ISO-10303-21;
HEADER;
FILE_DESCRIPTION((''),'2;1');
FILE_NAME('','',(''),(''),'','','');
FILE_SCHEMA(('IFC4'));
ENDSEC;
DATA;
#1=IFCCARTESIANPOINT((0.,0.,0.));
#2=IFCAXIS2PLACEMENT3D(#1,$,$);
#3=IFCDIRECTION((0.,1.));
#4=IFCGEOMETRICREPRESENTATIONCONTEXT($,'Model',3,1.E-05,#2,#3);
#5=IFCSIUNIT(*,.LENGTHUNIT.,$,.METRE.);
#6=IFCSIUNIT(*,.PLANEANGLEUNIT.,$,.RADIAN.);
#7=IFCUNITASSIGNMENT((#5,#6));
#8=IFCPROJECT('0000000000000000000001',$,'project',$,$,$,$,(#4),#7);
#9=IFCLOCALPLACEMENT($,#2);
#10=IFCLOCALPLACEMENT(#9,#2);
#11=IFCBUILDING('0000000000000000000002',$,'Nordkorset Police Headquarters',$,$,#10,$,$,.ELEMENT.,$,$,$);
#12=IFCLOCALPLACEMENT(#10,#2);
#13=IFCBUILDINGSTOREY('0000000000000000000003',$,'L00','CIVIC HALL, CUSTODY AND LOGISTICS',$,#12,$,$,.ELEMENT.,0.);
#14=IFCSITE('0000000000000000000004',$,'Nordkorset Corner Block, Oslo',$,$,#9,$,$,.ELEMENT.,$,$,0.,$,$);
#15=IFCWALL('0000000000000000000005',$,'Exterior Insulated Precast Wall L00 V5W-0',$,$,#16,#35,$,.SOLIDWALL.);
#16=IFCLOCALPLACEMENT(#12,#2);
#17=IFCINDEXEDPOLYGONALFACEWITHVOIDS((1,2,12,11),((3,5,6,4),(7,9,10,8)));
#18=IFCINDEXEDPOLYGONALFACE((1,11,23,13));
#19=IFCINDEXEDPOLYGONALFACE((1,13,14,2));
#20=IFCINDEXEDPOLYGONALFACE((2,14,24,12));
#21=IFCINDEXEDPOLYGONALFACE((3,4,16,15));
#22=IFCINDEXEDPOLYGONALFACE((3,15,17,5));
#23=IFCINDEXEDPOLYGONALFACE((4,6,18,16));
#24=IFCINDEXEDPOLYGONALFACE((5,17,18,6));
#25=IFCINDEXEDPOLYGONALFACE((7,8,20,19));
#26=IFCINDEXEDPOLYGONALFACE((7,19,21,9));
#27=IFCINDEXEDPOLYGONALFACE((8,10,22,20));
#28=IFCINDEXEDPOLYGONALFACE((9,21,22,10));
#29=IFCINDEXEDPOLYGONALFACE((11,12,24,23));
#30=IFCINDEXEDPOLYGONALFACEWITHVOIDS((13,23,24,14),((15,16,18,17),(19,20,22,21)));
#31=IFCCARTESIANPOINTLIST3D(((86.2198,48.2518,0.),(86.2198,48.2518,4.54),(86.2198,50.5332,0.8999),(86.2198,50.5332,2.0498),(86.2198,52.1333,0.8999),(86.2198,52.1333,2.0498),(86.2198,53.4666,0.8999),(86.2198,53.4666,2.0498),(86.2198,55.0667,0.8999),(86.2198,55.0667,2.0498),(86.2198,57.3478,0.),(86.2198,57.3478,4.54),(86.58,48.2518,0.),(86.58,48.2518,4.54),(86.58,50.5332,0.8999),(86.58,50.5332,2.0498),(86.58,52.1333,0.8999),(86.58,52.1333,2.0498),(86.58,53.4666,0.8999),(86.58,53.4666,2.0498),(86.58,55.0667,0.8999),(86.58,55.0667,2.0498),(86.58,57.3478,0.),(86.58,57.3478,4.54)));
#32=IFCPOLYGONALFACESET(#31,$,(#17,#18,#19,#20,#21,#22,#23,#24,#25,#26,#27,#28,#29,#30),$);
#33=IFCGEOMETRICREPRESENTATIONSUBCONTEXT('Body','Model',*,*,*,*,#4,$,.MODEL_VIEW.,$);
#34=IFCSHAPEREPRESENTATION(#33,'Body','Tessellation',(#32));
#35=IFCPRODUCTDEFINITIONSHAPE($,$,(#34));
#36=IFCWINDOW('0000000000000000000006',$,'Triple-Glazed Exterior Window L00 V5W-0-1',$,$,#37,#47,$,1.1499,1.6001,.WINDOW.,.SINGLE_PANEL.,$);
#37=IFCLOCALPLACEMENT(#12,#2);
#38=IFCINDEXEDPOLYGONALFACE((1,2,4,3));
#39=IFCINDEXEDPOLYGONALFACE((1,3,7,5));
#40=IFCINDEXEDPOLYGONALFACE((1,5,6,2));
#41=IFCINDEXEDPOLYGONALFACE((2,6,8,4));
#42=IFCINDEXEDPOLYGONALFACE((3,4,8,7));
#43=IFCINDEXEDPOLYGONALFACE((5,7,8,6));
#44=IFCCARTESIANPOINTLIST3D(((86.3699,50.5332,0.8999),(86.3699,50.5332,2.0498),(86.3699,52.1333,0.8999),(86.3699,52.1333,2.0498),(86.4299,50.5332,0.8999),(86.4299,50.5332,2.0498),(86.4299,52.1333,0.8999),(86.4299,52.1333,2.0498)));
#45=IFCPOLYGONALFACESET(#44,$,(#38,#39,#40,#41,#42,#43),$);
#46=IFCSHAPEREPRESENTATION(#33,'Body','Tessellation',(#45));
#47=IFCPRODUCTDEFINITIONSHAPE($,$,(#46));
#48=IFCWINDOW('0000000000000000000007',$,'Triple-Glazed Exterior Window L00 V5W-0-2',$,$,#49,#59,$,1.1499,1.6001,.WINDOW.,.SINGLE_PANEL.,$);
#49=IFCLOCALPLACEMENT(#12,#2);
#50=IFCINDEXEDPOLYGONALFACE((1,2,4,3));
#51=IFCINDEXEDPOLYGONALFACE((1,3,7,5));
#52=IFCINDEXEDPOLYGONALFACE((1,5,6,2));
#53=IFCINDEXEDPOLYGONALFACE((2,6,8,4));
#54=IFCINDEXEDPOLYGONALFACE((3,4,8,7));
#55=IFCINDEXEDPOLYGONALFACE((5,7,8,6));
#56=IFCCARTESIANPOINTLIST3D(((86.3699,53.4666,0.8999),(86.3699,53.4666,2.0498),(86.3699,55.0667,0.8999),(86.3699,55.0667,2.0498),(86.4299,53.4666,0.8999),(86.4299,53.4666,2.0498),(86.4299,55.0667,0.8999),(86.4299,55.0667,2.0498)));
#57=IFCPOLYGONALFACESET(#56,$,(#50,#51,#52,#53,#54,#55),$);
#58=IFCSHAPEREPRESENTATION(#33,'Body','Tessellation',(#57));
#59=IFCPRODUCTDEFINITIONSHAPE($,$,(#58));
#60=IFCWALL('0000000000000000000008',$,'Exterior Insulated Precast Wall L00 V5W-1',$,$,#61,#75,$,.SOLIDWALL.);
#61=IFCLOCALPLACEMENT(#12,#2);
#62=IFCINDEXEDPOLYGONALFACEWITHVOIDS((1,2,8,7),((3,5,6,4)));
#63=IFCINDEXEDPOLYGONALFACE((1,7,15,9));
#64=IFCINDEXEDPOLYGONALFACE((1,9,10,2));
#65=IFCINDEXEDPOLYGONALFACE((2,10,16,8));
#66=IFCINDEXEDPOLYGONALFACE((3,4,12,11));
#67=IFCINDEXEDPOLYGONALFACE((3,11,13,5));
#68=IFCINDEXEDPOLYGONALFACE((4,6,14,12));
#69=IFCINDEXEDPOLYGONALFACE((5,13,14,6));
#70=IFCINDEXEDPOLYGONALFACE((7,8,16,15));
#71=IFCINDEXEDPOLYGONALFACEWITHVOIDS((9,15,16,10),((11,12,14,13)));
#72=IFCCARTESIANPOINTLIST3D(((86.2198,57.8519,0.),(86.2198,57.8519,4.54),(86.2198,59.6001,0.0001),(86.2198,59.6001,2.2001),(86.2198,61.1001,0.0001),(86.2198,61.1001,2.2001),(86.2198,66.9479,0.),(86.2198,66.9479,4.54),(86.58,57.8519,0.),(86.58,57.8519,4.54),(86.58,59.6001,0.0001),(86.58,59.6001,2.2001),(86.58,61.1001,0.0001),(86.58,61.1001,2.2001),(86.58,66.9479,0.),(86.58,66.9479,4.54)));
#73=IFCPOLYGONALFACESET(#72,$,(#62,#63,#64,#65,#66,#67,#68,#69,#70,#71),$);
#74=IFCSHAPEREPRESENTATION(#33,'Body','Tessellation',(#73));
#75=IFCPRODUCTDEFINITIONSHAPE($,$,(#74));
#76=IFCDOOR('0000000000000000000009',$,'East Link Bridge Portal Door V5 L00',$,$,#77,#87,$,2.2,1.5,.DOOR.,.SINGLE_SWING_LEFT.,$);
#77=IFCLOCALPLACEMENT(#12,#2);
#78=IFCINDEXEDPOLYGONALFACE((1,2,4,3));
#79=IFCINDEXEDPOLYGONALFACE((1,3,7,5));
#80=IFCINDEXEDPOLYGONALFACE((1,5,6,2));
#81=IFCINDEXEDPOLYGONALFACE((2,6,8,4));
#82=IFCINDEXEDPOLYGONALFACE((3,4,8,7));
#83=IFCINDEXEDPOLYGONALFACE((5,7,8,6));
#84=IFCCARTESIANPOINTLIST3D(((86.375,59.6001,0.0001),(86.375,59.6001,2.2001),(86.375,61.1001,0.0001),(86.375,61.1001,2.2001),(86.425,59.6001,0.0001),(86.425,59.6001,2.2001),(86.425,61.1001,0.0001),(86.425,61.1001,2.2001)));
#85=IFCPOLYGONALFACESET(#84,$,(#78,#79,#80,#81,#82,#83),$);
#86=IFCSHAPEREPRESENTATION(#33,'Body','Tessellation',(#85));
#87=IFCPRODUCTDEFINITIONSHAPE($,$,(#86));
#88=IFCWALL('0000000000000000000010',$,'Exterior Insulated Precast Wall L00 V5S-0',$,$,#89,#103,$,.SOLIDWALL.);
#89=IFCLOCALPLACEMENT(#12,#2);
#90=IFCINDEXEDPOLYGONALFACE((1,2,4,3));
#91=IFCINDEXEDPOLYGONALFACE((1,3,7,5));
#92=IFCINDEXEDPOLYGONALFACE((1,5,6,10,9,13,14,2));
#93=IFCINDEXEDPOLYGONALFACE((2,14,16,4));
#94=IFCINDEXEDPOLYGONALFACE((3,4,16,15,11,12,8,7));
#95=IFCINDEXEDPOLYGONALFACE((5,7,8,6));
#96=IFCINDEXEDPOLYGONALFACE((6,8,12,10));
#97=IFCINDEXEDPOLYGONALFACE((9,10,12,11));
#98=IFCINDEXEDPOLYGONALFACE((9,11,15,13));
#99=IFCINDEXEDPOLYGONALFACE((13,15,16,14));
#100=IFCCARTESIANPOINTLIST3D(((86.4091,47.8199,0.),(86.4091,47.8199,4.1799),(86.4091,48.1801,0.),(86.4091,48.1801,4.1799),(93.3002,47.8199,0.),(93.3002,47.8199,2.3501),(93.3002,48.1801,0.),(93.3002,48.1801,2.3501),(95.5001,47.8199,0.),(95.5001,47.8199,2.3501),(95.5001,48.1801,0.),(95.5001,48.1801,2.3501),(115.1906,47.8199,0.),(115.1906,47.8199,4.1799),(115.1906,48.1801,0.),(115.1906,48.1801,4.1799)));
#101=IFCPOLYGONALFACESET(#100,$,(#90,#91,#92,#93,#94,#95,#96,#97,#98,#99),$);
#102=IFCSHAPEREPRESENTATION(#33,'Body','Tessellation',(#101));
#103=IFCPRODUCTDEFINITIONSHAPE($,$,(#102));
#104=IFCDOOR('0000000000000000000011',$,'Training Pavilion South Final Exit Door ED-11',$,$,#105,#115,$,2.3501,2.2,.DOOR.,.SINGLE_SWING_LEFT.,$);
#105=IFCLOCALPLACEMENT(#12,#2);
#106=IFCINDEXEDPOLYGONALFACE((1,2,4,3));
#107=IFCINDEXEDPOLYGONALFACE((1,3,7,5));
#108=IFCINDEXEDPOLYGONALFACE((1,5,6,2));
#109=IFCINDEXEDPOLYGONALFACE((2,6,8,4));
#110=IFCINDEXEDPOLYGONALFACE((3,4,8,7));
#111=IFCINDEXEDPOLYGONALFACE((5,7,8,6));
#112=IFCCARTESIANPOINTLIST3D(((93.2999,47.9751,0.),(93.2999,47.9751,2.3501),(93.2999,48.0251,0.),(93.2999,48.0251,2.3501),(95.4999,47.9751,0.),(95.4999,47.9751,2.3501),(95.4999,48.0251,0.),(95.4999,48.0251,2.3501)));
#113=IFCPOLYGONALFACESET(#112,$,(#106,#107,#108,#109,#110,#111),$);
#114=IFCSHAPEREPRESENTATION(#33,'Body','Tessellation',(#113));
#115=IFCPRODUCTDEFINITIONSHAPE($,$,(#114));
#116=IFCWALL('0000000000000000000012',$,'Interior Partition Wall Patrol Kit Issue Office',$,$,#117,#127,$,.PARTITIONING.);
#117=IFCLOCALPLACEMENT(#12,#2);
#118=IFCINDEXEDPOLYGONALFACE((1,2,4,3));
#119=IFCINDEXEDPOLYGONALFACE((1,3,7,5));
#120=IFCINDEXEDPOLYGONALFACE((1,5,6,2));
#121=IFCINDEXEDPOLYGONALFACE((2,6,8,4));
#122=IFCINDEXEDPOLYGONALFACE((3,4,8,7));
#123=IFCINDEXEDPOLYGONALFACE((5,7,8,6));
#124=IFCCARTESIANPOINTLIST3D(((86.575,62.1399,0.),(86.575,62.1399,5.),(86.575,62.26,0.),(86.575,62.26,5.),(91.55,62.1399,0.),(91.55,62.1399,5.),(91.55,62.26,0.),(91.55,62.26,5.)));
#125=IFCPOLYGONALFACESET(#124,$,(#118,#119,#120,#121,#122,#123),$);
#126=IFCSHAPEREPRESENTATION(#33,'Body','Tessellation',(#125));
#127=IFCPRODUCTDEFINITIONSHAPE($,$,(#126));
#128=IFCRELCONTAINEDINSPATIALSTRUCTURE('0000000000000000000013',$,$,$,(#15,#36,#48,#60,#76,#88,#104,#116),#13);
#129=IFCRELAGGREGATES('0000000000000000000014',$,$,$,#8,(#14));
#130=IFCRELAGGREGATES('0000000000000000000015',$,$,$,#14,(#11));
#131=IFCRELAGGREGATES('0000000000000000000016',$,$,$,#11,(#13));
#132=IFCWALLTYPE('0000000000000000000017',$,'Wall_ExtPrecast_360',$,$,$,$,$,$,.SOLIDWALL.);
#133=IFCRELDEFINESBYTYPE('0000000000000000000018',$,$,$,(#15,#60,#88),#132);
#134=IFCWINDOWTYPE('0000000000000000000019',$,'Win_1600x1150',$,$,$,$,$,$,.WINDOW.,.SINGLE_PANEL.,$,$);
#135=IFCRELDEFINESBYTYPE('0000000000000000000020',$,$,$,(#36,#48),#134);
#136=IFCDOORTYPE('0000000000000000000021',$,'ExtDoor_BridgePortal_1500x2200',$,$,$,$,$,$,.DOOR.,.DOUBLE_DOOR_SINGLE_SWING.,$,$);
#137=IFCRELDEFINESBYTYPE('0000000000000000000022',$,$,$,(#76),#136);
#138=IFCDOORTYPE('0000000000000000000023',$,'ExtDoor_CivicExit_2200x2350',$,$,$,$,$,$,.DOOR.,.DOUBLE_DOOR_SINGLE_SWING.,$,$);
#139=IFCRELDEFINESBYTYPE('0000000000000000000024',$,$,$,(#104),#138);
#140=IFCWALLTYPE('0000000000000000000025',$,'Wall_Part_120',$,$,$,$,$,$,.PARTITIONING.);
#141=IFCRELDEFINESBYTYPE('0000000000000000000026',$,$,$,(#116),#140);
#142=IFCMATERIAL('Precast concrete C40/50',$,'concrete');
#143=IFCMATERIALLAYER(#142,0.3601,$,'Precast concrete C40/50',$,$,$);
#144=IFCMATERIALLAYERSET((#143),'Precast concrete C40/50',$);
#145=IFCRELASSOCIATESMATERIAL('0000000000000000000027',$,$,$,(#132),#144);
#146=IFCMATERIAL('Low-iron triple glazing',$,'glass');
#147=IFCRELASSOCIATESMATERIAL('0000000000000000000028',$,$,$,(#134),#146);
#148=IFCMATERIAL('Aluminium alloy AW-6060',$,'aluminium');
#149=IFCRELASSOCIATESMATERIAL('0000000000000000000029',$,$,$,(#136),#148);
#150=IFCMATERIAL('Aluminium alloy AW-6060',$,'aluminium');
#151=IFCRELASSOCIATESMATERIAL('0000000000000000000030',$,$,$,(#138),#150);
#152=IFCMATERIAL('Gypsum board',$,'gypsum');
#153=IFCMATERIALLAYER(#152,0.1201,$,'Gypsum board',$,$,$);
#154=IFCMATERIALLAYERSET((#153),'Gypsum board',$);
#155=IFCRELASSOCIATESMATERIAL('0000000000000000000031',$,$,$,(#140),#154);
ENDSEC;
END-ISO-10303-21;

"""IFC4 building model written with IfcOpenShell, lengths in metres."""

from ifc_helpers import new_model, si_unit, direction, frame, frame_2d, origin, place, context, subcontext, project, spatial, rectangle, extrude, material, layer, layer_set, type_object, element, fill, save


model = new_model("IFC4")

# Units and contexts
model_context = context("Model", 3, precision=1e-05, world=origin(), true_north=direction((0.0, 1.0)))
body_context = subcontext(model_context, "Body", "Model", "MODEL_VIEW")
ifc_project = project(units=[si_unit("LENGTHUNIT", "METRE"), si_unit("PLANEANGLEUNIT", "RADIAN")], contexts=[model_context])

# Site, building, storey
site_placement = place(None, origin())
site = spatial("IfcSite", under=ifc_project, at=site_placement, Name="Nordkorset Corner Block, Oslo", CompositionType="ELEMENT", RefElevation=0.0)
building_placement = place(site_placement, origin())
building = spatial("IfcBuilding", under=site, at=building_placement, Name="Nordkorset Police Headquarters", CompositionType="ELEMENT")
storey_placement = place(building_placement, origin())
storey = spatial("IfcBuildingStorey", under=building, at=storey_placement, Name="L00", Description="CIVIC HALL, CUSTODY AND LOGISTICS", CompositionType="ELEMENT", Elevation=0.0)

# Wall, openings, windows
ifc_material_1 = material(Name="Precast concrete C40/50", Category="concrete")
ifc_layer_1 = layer(ifc_material_1, 0.3601, Name="Precast concrete C40/50")
ifc_layer_set_1 = layer_set([ifc_layer_1], Name="Precast concrete C40/50")
wall_type_1 = type_object("IfcWallType", Name="Wall_ExtPrecast_360", PredefinedType="SOLIDWALL", material=ifc_layer_set_1)
wall_1_placement = place(storey_placement, frame((86.3999, 48.252, 0.0), z_axis=(0.0, 0.0, 1.0), x_axis=(0.0, 1.0, 0.0)))
wall_1 = element("IfcWall", 1, at=wall_1_placement, inside=storey, type_object=wall_type_1, Name="Exterior Insulated Precast Wall L00 V5W-0", PredefinedType="SOLIDWALL", context=body_context, shape_type="SweptSolid", body=[
    extrude(rectangle(XDim=9.0959, YDim=0.3601, at=frame_2d((4.5479, 0.0))), origin(), (0.0, 0.0, 1.0), 4.54),
])
opening_1_placement = place(wall_1_placement, frame((2.2812, 0.0, 0.8999)))
opening_1 = element("IfcOpeningElement", 2, at=opening_1_placement, cuts=wall_1, PredefinedType="OPENING", context=body_context, shape_type="SweptSolid", body=[
    extrude(rectangle(XDim=1.6001, YDim=1.1499, at=frame_2d((0.8, 0.575))), frame((0.0, 0.1899, 0.0), z_axis=(0.0, -1.0, 0.0), x_axis=(1.0, 0.0, 0.0)), (0.0, 0.0, 1.0), 0.3801),
])
opening_2_placement = place(wall_1_placement, frame((5.2146, 0.0, 0.8999)))
opening_2 = element("IfcOpeningElement", 3, at=opening_2_placement, cuts=wall_1, PredefinedType="OPENING", context=body_context, shape_type="SweptSolid", body=[
    extrude(rectangle(XDim=1.6001, YDim=1.1499, at=frame_2d((0.8, 0.575))), frame((0.0, 0.1899, 0.0), z_axis=(0.0, -1.0, 0.0), x_axis=(1.0, 0.0, 0.0)), (0.0, 0.0, 1.0), 0.3801),
])
ifc_material_2 = material(Name="Low-iron triple glazing", Category="glass")
window_type = type_object("IfcWindowType", Name="Win_1600x1150", PartitioningType="SINGLE_PANEL", PredefinedType="WINDOW", material=ifc_material_2)
window_1_placement = place(opening_1_placement, origin())
window_1 = element("IfcWindow", 4, at=window_1_placement, inside=storey, type_object=window_type, Name="Triple-Glazed Exterior Window L00 V5W-0-1", OverallHeight=1.1499, OverallWidth=1.6001, PartitioningType="SINGLE_PANEL", PredefinedType="WINDOW", context=body_context, shape_type="SweptSolid", body=[
    extrude(rectangle(XDim=1.6001, YDim=1.1499, at=frame_2d((0.8, 0.575))), frame((0.0, 0.03, 0.0), z_axis=(0.0, -1.0, 0.0), x_axis=(1.0, 0.0, 0.0)), (0.0, 0.0, 1.0), 0.0601),
])
fill(opening_1, window_1)
window_2_placement = place(opening_2_placement, origin())
window_2 = element("IfcWindow", 5, at=window_2_placement, inside=storey, type_object=window_type, Name="Triple-Glazed Exterior Window L00 V5W-0-2", OverallHeight=1.1499, OverallWidth=1.6001, PartitioningType="SINGLE_PANEL", PredefinedType="WINDOW", context=body_context, shape_type="SweptSolid", body=[
    extrude(rectangle(XDim=1.6001, YDim=1.1499, at=frame_2d((0.8, 0.575))), frame((0.0, 0.03, 0.0), z_axis=(0.0, -1.0, 0.0), x_axis=(1.0, 0.0, 0.0)), (0.0, 0.0, 1.0), 0.0601),
])
fill(opening_2, window_2)

# Walls, openings, doors
wall_2_placement = place(storey_placement, frame((86.3999, 57.8521, 0.0), z_axis=(0.0, 0.0, 1.0), x_axis=(0.0, 1.0, 0.0)))
wall_2 = element("IfcWall", 6, at=wall_2_placement, inside=storey, type_object=wall_type_1, Name="Exterior Insulated Precast Wall L00 V5W-1", PredefinedType="SOLIDWALL", context=body_context, shape_type="SweptSolid", body=[
    extrude(rectangle(XDim=9.0959, YDim=0.3601, at=frame_2d((4.5479, 0.0))), origin(), (0.0, 0.0, 1.0), 4.54),
])
opening_3_placement = place(wall_2_placement, frame((1.748, 0.0, 0.0)))
opening_3 = element("IfcOpeningElement", 7, at=opening_3_placement, cuts=wall_2, PredefinedType="OPENING", context=body_context, shape_type="SweptSolid", body=[
    extrude(rectangle(XDim=1.5, YDim=2.2, at=frame_2d((0.75, 1.1001))), frame((0.0, 0.1899, 0.0), z_axis=(0.0, -1.0, 0.0), x_axis=(1.0, 0.0, 0.0)), (0.0, 0.0, 1.0), 0.3801),
])
ifc_material_3 = material(Name="Aluminium alloy AW-6060", Category="aluminium")
door_type_1 = type_object("IfcDoorType", Name="ExtDoor_BridgePortal_1500x2200", OperationType="DOUBLE_DOOR_SINGLE_SWING", PredefinedType="DOOR", material=ifc_material_3)
door_1_placement = place(opening_3_placement, origin())
door_1 = element("IfcDoor", 8, at=door_1_placement, inside=storey, type_object=door_type_1, Name="East Link Bridge Portal Door V5 L00", OperationType="SINGLE_SWING_LEFT", OverallHeight=2.2, OverallWidth=1.5, PredefinedType="DOOR", context=body_context, shape_type="SweptSolid", body=[
    extrude(rectangle(XDim=1.5, YDim=2.2, at=frame_2d((0.75, 1.1001))), frame((0.0, 0.0249, 0.0), z_axis=(0.0, -1.0, 0.0), x_axis=(1.0, 0.0, 0.0)), (0.0, 0.0, 1.0), 0.05),
])
fill(opening_3, door_1)
wall_3_placement = place(storey_placement, frame((86.4092, 48.0, 0.0), z_axis=(0.0, 0.0, 1.0), x_axis=(1.0, 0.0, 0.0)))
wall_3 = element("IfcWall", 9, at=wall_3_placement, inside=storey, type_object=wall_type_1, Name="Exterior Insulated Precast Wall L00 V5S-0", PredefinedType="SOLIDWALL", context=body_context, shape_type="SweptSolid", body=[
    extrude(rectangle(XDim=28.7815, YDim=0.3601, at=frame_2d((14.3906, 0.0))), origin(), (0.0, 0.0, 1.0), 4.1799),
])
opening_4_placement = place(wall_3_placement, frame((6.8909, 0.0, 0.0)))
opening_4 = element("IfcOpeningElement", 10, at=opening_4_placement, cuts=wall_3, PredefinedType="OPENING", context=body_context, shape_type="SweptSolid", body=[
    extrude(rectangle(XDim=2.2, YDim=2.3501, at=frame_2d((1.1001, 1.175))), frame((0.0, 0.1899, 0.0), z_axis=(0.0, -1.0, 0.0), x_axis=(1.0, 0.0, 0.0)), (0.0, 0.0, 1.0), 0.3801),
])
ifc_material_4 = material(Name="Aluminium alloy AW-6060", Category="aluminium")
door_type_2 = type_object("IfcDoorType", Name="ExtDoor_CivicExit_2200x2350", OperationType="DOUBLE_DOOR_SINGLE_SWING", PredefinedType="DOOR", material=ifc_material_4)
door_2_placement = place(opening_4_placement, frame((2.2, 0.0, 0.0), z_axis=(0.0, 0.0, 1.0), x_axis=(-1.0, 0.0, 0.0)))
door_2 = element("IfcDoor", 11, at=door_2_placement, inside=storey, type_object=door_type_2, Name="Training Pavilion South Final Exit Door ED-11", OperationType="SINGLE_SWING_LEFT", OverallHeight=2.3501, OverallWidth=2.2, PredefinedType="DOOR", context=body_context, shape_type="SweptSolid", body=[
    extrude(rectangle(XDim=2.2, YDim=2.3501, at=frame_2d((1.1001, 1.175))), frame((0.0, 0.0249, 0.0), z_axis=(0.0, -1.0, 0.0), x_axis=(1.0, 0.0, 0.0)), (0.0, 0.0, 1.0), 0.05),
])
fill(opening_4, door_2)

# Wall
ifc_material_5 = material(Name="Gypsum board", Category="gypsum")
ifc_layer_2 = layer(ifc_material_5, 0.1201, Name="Gypsum board")
ifc_layer_set_2 = layer_set([ifc_layer_2], Name="Gypsum board")
wall_type_2 = type_object("IfcWallType", Name="Wall_Part_120", PredefinedType="PARTITIONING", material=ifc_layer_set_2)
wall_4_placement = place(storey_placement, frame((86.575, 62.2, 0.0), z_axis=(0.0, 0.0, 1.0), x_axis=(1.0, 0.0, 0.0)))
element("IfcWall", 12, at=wall_4_placement, inside=storey, type_object=wall_type_2, Name="Interior Partition Wall Patrol Kit Issue Office", PredefinedType="PARTITIONING", context=body_context, shape_type="SweptSolid", body=[
    extrude(rectangle(XDim=4.9751, YDim=0.1201, at=frame_2d((2.4875, 0.0))), origin(), (0.0, 0.0, 1.0), 5.0),
])

save(model, "model.ifc")
